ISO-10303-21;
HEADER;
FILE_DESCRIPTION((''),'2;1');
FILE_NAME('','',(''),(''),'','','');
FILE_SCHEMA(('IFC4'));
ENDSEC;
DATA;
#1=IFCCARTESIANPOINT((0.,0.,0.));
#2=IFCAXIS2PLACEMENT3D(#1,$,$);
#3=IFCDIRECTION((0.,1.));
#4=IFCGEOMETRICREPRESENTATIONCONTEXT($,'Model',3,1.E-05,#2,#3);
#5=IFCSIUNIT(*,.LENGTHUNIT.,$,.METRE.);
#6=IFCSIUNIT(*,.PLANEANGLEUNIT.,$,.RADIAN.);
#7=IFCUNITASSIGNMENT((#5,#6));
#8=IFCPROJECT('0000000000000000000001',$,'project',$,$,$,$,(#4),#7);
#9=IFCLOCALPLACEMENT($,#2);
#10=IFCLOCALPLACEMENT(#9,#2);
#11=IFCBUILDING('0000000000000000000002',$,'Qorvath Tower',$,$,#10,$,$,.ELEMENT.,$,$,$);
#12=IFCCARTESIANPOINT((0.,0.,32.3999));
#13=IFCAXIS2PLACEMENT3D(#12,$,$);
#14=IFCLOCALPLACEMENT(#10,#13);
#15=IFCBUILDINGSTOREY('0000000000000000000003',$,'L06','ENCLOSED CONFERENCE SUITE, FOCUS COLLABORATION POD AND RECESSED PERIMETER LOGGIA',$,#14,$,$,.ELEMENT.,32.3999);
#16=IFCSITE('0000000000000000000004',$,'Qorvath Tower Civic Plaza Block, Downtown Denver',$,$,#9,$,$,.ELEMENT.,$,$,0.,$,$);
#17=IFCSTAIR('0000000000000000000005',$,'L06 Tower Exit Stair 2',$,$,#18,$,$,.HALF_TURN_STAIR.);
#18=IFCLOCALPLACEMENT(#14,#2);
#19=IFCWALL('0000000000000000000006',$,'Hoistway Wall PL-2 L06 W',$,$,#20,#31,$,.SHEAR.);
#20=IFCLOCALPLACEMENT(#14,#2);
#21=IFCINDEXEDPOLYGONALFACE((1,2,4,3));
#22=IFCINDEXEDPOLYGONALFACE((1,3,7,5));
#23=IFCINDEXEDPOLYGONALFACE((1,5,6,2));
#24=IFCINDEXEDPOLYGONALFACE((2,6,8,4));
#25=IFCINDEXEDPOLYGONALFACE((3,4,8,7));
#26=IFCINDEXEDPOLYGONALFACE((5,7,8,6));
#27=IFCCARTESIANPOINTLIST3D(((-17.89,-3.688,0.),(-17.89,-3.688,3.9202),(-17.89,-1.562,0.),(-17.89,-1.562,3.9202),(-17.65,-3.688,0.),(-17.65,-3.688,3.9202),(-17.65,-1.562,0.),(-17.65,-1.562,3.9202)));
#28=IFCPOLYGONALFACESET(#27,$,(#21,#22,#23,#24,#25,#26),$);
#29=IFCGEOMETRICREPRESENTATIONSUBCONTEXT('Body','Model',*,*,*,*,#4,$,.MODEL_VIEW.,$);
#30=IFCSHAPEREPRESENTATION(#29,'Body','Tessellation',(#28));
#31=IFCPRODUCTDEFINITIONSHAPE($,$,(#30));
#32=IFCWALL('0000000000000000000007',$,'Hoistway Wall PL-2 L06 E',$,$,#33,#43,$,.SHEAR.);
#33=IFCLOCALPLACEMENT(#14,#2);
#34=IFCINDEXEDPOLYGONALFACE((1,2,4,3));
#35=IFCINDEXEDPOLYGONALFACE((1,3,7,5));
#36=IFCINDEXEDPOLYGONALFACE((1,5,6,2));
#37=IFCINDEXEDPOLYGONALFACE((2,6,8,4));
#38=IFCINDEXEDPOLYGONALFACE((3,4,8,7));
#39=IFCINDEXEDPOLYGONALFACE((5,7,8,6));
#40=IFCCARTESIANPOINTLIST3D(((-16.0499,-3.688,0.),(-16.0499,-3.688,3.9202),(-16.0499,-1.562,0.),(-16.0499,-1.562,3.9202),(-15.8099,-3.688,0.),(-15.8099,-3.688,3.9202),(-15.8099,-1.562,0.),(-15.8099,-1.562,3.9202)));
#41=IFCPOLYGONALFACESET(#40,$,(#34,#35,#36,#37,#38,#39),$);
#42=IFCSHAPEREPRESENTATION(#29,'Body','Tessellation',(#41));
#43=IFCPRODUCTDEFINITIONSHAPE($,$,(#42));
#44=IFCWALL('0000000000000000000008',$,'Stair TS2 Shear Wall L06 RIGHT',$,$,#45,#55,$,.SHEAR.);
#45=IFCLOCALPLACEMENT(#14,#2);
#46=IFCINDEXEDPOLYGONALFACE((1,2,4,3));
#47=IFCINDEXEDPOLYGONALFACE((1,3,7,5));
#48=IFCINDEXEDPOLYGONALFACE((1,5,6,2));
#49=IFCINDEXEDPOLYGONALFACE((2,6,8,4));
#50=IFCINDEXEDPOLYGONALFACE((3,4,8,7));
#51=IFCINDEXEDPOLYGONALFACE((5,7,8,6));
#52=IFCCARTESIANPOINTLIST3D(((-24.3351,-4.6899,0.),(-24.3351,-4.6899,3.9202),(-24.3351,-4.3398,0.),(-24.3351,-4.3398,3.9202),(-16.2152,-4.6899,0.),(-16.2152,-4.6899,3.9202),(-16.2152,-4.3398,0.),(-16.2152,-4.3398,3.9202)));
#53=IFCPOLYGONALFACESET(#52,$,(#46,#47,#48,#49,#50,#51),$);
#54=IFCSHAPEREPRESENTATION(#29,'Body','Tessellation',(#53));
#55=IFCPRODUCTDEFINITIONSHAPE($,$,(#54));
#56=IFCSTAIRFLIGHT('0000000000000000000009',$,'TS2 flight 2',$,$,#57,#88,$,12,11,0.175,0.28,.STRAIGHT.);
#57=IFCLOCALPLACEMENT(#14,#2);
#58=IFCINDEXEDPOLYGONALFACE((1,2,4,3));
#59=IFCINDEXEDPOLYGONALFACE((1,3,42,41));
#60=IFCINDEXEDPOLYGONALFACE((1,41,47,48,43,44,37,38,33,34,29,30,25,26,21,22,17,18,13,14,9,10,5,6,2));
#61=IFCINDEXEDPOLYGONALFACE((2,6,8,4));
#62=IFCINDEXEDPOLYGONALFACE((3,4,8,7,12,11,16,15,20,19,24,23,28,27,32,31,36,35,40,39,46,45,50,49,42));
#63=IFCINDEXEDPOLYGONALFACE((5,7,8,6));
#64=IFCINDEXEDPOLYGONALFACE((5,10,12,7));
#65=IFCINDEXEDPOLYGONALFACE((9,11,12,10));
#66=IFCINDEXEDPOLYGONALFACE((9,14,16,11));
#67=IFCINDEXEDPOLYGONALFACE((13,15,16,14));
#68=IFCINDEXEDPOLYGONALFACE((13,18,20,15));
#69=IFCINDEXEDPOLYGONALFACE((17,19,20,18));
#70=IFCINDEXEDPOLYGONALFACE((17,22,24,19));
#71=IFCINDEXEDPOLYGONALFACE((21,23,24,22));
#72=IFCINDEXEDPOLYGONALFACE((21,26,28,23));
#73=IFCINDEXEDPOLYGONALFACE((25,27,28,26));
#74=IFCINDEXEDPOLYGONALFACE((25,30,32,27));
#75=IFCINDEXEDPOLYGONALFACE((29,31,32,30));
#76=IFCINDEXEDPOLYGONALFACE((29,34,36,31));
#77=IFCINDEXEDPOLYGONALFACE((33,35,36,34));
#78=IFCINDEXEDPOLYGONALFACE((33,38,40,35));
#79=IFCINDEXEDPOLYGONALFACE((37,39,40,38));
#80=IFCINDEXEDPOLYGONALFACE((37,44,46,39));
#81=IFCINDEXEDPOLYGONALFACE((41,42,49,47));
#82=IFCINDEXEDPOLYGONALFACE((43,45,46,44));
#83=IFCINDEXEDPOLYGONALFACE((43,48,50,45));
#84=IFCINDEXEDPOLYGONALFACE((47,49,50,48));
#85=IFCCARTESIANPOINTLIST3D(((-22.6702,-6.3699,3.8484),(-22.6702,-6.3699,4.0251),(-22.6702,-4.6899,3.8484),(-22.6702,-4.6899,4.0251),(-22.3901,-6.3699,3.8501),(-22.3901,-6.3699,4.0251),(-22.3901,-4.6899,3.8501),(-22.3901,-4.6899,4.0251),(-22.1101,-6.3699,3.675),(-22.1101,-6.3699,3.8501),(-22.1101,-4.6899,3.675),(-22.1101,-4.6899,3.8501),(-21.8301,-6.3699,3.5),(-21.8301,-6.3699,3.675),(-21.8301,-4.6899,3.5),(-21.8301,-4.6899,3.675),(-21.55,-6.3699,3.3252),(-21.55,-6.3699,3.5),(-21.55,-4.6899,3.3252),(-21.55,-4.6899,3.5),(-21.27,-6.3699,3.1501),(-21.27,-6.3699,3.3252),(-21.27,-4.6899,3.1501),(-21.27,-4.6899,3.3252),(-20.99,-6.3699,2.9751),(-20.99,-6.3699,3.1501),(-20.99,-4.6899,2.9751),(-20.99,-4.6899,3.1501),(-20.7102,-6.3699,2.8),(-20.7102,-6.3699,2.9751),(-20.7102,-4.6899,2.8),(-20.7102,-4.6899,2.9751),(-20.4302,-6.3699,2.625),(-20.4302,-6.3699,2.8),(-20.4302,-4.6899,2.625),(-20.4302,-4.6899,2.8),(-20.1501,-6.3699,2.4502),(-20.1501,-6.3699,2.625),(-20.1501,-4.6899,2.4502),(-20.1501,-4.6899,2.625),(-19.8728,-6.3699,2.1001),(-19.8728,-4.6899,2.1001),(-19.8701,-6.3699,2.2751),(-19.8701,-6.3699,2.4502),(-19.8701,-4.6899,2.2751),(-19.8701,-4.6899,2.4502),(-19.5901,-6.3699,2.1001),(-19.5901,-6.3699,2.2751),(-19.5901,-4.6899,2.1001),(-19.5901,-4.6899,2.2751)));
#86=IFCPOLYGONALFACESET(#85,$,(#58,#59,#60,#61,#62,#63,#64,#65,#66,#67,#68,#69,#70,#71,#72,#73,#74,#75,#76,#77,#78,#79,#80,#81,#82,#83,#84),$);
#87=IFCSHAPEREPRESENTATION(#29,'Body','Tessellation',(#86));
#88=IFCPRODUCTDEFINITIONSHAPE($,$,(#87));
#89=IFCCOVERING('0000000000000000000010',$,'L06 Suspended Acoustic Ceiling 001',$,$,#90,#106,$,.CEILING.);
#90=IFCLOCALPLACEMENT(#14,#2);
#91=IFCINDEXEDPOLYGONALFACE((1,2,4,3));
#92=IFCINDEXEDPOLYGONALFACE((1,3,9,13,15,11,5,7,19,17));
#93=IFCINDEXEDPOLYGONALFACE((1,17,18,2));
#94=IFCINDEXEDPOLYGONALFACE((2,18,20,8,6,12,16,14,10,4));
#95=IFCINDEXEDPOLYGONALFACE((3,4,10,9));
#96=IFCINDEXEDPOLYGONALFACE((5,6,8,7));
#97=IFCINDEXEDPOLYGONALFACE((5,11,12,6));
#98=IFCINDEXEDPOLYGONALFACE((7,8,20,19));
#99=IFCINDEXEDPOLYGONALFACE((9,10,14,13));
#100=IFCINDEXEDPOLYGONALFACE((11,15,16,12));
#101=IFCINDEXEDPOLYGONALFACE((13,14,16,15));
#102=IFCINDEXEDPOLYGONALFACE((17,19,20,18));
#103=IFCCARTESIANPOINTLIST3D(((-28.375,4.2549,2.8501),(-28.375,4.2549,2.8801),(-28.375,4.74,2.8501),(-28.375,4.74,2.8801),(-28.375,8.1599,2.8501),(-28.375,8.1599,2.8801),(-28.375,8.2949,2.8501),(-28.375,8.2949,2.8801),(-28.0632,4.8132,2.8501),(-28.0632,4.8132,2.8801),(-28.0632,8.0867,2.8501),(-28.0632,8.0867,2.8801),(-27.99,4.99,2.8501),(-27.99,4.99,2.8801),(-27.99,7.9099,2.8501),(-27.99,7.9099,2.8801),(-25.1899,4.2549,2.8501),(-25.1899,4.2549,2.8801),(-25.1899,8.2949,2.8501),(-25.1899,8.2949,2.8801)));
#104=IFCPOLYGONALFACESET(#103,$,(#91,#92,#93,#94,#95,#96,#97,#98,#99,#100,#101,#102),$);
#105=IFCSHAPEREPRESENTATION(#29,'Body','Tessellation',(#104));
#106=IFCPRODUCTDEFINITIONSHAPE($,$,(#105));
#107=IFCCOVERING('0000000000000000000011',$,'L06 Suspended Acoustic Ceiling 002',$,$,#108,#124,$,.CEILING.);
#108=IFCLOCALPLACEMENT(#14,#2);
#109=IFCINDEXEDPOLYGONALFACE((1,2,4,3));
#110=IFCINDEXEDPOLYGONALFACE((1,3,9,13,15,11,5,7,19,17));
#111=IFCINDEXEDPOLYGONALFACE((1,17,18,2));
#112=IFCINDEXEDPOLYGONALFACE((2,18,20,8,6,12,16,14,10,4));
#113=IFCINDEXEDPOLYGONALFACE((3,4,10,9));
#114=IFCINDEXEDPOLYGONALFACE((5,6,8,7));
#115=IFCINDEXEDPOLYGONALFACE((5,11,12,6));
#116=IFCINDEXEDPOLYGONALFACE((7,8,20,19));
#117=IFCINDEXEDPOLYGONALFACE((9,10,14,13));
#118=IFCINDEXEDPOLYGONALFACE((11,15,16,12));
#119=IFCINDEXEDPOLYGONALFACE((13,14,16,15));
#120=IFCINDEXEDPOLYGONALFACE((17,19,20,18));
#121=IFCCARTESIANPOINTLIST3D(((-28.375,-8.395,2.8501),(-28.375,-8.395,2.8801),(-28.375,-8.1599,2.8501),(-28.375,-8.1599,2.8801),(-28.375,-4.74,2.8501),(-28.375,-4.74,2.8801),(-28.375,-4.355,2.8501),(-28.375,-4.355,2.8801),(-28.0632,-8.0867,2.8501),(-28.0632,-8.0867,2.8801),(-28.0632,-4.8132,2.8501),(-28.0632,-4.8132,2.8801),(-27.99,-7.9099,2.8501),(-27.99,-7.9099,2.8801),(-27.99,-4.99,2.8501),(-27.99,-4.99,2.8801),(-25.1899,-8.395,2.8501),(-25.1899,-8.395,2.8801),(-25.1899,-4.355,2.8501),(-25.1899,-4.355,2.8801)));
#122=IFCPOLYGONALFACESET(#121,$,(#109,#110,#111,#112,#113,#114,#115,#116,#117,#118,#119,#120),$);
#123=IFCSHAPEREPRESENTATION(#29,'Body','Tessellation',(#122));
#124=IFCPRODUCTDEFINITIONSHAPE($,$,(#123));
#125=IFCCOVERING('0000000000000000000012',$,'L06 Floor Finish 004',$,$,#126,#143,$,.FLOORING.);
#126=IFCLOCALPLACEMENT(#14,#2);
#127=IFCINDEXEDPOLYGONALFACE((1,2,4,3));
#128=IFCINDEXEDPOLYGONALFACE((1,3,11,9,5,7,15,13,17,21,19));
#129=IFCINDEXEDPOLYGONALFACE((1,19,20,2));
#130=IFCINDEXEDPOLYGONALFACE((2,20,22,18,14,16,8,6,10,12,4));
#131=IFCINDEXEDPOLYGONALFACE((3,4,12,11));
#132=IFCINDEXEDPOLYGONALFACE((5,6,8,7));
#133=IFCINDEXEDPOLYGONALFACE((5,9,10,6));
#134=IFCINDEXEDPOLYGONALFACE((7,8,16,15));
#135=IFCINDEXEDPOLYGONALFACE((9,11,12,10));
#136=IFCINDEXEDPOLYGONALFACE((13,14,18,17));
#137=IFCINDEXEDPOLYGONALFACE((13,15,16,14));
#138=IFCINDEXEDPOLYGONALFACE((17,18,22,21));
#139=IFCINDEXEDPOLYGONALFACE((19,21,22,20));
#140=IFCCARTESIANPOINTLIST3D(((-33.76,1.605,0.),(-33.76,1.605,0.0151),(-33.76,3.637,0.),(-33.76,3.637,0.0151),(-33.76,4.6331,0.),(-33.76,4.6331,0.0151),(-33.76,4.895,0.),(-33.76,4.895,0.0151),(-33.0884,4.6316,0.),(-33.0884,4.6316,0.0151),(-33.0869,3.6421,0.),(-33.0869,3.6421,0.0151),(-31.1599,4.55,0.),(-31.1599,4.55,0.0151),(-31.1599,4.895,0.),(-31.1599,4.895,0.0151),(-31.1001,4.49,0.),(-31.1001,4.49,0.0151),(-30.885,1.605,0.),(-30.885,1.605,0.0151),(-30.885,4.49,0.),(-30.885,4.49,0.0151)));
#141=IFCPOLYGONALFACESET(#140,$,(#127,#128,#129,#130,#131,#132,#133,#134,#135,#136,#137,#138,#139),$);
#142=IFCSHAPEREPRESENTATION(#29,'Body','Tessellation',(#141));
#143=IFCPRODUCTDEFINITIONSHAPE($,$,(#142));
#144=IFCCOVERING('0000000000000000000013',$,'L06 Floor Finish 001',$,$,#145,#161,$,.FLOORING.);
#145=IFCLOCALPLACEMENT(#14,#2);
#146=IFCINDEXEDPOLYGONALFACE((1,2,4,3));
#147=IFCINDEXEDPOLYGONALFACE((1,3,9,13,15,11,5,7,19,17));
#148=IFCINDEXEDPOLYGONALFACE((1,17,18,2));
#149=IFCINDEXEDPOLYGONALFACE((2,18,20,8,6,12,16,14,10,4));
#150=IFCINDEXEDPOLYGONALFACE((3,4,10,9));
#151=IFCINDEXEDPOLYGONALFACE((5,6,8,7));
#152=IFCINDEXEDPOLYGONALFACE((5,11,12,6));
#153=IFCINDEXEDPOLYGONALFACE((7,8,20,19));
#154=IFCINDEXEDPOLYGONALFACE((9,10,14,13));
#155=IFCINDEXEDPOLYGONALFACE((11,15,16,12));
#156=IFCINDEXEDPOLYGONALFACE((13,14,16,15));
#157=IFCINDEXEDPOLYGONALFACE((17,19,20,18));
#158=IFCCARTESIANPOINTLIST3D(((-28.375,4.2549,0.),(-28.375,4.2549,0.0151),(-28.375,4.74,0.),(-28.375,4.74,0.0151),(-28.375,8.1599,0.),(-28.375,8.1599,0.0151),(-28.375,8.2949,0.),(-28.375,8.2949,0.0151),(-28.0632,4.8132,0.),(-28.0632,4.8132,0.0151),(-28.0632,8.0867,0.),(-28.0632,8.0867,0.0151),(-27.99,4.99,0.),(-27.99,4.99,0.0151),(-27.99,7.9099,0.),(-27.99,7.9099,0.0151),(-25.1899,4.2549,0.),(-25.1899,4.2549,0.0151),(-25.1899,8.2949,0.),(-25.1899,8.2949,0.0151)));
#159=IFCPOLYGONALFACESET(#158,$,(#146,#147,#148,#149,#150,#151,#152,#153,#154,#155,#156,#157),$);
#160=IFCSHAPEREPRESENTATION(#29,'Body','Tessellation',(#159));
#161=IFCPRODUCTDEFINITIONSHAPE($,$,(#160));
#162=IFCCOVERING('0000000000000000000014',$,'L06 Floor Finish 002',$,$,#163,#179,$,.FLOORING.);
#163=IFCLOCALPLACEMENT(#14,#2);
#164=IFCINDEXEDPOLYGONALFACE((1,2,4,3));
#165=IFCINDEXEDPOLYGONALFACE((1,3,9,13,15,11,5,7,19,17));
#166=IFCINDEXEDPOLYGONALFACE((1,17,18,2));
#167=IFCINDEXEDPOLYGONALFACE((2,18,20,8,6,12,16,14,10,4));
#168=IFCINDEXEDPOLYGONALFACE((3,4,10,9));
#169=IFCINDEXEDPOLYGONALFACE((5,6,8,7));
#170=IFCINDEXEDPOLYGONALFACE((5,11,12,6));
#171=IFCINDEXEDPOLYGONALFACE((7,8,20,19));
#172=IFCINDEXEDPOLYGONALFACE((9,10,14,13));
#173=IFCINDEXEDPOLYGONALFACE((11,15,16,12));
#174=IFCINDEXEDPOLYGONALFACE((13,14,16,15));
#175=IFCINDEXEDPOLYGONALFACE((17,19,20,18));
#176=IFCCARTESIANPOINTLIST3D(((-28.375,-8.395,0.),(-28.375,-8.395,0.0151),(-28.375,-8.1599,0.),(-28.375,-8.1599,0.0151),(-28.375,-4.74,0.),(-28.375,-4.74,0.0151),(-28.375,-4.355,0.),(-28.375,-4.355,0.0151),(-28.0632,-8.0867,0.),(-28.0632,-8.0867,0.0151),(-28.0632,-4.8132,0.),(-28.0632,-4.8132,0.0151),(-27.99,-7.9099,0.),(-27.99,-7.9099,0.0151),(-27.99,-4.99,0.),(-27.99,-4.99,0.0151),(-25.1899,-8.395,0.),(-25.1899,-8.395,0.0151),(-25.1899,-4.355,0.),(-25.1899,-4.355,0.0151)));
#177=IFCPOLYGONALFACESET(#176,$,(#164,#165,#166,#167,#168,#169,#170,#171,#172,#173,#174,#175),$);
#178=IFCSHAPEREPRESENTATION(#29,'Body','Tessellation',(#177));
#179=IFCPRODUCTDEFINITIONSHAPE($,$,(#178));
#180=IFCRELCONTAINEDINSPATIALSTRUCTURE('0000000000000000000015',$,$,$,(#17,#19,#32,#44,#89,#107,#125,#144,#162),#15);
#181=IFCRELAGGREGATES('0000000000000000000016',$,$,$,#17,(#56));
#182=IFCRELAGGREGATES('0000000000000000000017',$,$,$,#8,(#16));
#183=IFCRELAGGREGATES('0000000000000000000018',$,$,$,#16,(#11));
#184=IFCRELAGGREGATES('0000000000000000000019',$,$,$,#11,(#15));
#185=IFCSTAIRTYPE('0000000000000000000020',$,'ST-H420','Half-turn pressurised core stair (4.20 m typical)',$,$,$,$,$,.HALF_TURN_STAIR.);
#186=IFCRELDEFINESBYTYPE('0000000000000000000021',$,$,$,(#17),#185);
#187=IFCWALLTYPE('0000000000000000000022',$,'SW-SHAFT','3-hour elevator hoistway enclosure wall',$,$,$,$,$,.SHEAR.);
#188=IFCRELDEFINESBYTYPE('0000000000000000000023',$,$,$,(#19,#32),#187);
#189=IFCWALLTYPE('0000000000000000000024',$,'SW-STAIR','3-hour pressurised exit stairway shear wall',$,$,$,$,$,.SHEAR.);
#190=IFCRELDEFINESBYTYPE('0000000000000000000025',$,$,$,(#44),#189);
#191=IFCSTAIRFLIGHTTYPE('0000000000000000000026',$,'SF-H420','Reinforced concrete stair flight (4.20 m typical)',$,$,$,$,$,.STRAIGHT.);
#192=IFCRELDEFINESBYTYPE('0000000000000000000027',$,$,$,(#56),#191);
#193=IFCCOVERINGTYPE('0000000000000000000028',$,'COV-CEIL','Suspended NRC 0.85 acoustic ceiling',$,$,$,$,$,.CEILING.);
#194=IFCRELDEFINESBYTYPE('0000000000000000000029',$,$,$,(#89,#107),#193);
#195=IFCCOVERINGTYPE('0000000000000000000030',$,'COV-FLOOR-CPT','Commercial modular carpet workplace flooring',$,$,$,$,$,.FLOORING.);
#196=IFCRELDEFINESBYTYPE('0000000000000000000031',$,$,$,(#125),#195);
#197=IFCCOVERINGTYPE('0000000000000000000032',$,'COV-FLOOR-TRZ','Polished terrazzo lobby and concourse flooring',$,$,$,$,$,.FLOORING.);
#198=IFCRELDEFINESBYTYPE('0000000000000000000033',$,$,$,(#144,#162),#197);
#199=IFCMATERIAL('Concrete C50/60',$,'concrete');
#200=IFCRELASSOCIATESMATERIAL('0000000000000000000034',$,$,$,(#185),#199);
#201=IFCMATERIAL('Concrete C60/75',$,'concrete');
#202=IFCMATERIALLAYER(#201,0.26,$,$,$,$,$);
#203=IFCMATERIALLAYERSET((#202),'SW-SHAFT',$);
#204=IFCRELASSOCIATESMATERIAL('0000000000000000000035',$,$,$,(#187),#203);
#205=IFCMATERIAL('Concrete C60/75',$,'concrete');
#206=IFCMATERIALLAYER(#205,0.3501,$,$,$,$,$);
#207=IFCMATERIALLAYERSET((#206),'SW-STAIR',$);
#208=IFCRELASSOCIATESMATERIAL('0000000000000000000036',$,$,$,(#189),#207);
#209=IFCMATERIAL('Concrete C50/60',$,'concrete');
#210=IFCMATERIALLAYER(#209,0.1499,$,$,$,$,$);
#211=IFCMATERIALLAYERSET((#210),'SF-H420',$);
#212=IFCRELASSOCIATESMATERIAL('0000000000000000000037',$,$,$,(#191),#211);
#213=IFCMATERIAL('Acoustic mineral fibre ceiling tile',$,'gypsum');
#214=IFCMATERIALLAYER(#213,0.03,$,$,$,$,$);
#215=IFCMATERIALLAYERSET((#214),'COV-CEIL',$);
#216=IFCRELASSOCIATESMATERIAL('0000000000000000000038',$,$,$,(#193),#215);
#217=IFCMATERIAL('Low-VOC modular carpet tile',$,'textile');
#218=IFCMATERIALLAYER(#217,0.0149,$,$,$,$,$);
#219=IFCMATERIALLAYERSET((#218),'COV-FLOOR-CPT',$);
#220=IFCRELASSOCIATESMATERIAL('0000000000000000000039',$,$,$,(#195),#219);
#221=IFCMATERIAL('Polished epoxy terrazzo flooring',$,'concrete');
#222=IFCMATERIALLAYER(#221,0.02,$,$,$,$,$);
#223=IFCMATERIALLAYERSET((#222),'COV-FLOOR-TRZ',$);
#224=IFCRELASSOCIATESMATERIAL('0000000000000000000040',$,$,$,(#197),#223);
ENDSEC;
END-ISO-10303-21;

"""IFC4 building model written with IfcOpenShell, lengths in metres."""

from ifc_helpers import new_model, si_unit, direction, frame, frame_2d, origin, place, context, subcontext, project, spatial, polyline, rectangle, outline, extrude, material, layer, layer_set, type_object, element, aggregate, save


model = new_model("IFC4")

# Units and contexts
model_context = context("Model", 3, precision=1e-05, world=origin(), true_north=direction((0.0, 1.0)))
body_context = subcontext(model_context, "Body", "Model", "MODEL_VIEW")
ifc_project = project(units=[si_unit("LENGTHUNIT", "METRE"), si_unit("PLANEANGLEUNIT", "RADIAN")], contexts=[model_context])

# Site, building, storey
site_placement = place(None, origin())
site = spatial("IfcSite", under=ifc_project, at=site_placement, Name="Qorvath Tower Civic Plaza Block, Downtown Denver", CompositionType="ELEMENT", RefElevation=0.0)
building_placement = place(site_placement, origin())
building = spatial("IfcBuilding", under=site, at=building_placement, Name="Qorvath Tower", CompositionType="ELEMENT")
storey_placement = place(building_placement, frame((0.0, 0.0, 32.3999)))
storey = spatial("IfcBuildingStorey", under=building, at=storey_placement, Name="L06", Description="ENCLOSED CONFERENCE SUITE, FOCUS COLLABORATION POD AND RECESSED PERIMETER LOGGIA", CompositionType="ELEMENT", Elevation=32.3999)

# Stair
ifc_material_1 = material(Name="Concrete C50/60", Category="concrete")
stair_type = type_object("IfcStairType", Name="ST-H420", Description="Half-turn pressurised core stair (4.20 m typical)", PredefinedType="HALF_TURN_STAIR", material=ifc_material_1)
stair_1_placement = place(storey_placement, origin())
stair_1 = element("IfcStair", 1, at=stair_1_placement, inside=storey, type_object=stair_type, Name="L06 Tower Exit Stair 2", PredefinedType="HALF_TURN_STAIR")

# Shared definitions
ifc_material_2 = material(Name="Concrete C60/75", Category="concrete")
ifc_layer_1 = layer(ifc_material_2, 0.26)
ifc_layer_set_1 = layer_set([ifc_layer_1], Name="SW-SHAFT")
wall_type_1 = type_object("IfcWallType", Name="SW-SHAFT", Description="3-hour elevator hoistway enclosure wall", PredefinedType="SHEAR", material=ifc_layer_set_1)

# Walls
for number, where, z_axis, x_axis, name in (
    (2, (-17.77, -3.688, 0.0), (0.0, 0.0, 1.0), (0.0, 1.0, 0.0), "Hoistway Wall PL-2 L06 W"),
    (3, (-15.9299, -1.562, 0.0), (0.0, 0.0, 1.0), (0.0, -1.0, 0.0), "Hoistway Wall PL-2 L06 E"),
):
    element("IfcWall", number, at=place(storey_placement, frame(where, z_axis=z_axis, x_axis=x_axis)), inside=storey, type_object=wall_type_1, Name=name, PredefinedType="SHEAR", context=body_context, shape_type="SweptSolid", body=[
        extrude(rectangle(XDim=2.126, YDim=0.24, at=frame_2d((1.063, 0.0))), origin(), (0.0, 0.0, 1.0), 3.9202),
    ])
ifc_material_3 = material(Name="Concrete C60/75", Category="concrete")
ifc_layer_2 = layer(ifc_material_3, 0.3501)
ifc_layer_set_2 = layer_set([ifc_layer_2], Name="SW-STAIR")
wall_type_2 = type_object("IfcWallType", Name="SW-STAIR", Description="3-hour pressurised exit stairway shear wall", PredefinedType="SHEAR", material=ifc_layer_set_2)
wall_1_placement = place(storey_placement, frame((-16.2151, -4.5149, 0.0), z_axis=(0.0, 0.0, 1.0), x_axis=(-1.0, 0.0, 0.0)))
element("IfcWall", 4, at=wall_1_placement, inside=storey, type_object=wall_type_2, Name="Stair TS2 Shear Wall L06 RIGHT", PredefinedType="SHEAR", context=body_context, shape_type="SweptSolid", body=[
    extrude(rectangle(XDim=8.1199, YDim=0.3501, at=frame_2d((4.0601, 0.0))), origin(), (0.0, 0.0, 1.0), 3.9202),
])

# Stair flight
ifc_material_4 = material(Name="Concrete C50/60", Category="concrete")
ifc_layer_3 = layer(ifc_material_4, 0.1499)
ifc_layer_set_3 = layer_set([ifc_layer_3], Name="SF-H420")
stair_flight_type = type_object("IfcStairFlightType", Name="SF-H420", Description="Reinforced concrete stair flight (4.20 m typical)", PredefinedType="STRAIGHT", material=ifc_layer_set_3)
stair_flight_placement = place(storey_placement, frame((-19.5901, -5.53, 2.1001), z_axis=(0.0, 0.0, 1.0), x_axis=(-1.0, 0.0, 0.0)))
stair_flight = element("IfcStairFlight", 5, at=stair_flight_placement, type_object=stair_flight_type, Name="TS2 flight 2", NumberOfRisers=12, NumberOfTreads=11, PredefinedType="STRAIGHT", RiserHeight=0.175, TreadLength=0.28, context=body_context, shape_type="SweptSolid", body=[
    extrude(outline(polyline([(0.0, 0.0), (0.0, 0.175), (0.28, 0.175), (0.28, 0.3501), (0.5601, 0.3501), (0.5601, 0.5249), (0.8401, 0.5249), (0.8401, 0.7), (1.1201, 0.7), (1.1201, 0.875), (1.3999, 0.875), (1.3999, 1.05), (1.6799, 1.05), (1.6799, 1.2251), (1.96, 1.2251), (1.96, 1.3999), (2.24, 1.3999), (2.24, 1.575), (2.52, 1.575), (2.52, 1.75), (2.8, 1.75), (2.8, 1.925), (3.0801, 1.925), (3.0801, 2.1001), (3.0801, 1.7483), (0.2827, 0.0), (0.0, 0.0)])), frame((0.0, 0.8398, 0.0), z_axis=(0.0, -1.0, 0.0), x_axis=(1.0, 0.0, 0.0)), (0.0, 0.0, 1.0), 1.6799),
])
aggregate(stair_1, [stair_flight])

# Coverings
ifc_material_5 = material(Name="Acoustic mineral fibre ceiling tile", Category="gypsum")
ifc_layer_4 = layer(ifc_material_5, 0.03)
ifc_layer_set_4 = layer_set([ifc_layer_4], Name="COV-CEIL")
covering_type_1 = type_object("IfcCoveringType", Name="COV-CEIL", Description="Suspended NRC 0.85 acoustic ceiling", PredefinedType="CEILING", material=ifc_layer_set_4)
covering_1_placement = place(storey_placement, frame((0.0, 0.0, 2.8501)))
element("IfcCovering", 6, at=covering_1_placement, inside=storey, type_object=covering_type_1, Name="L06 Suspended Acoustic Ceiling 001", PredefinedType="CEILING", context=body_context, shape_type="SweptSolid", body=[
    extrude(outline(polyline([(-25.1899, 4.2549), (-25.1899, 8.2949), (-28.375, 8.2949), (-28.375, 8.1599), (-28.0632, 8.0867), (-27.99, 7.9099), (-27.99, 4.99), (-28.0632, 4.8132), (-28.375, 4.74), (-28.375, 4.2549), (-25.1899, 4.2549)])), origin(), (0.0, 0.0, 1.0), 0.03),
])
covering_2_placement = place(storey_placement, frame((0.0, 0.0, 2.8501)))
element("IfcCovering", 7, at=covering_2_placement, inside=storey, type_object=covering_type_1, Name="L06 Suspended Acoustic Ceiling 002", PredefinedType="CEILING", context=body_context, shape_type="SweptSolid", body=[
    extrude(outline(polyline([(-25.1899, -8.395), (-25.1899, -4.355), (-28.375, -4.355), (-28.375, -4.74), (-28.0632, -4.8132), (-27.99, -4.99), (-27.99, -7.9099), (-28.0632, -8.0867), (-28.375, -8.1599), (-28.375, -8.395), (-25.1899, -8.395)])), origin(), (0.0, 0.0, 1.0), 0.03),
])
ifc_material_6 = material(Name="Low-VOC modular carpet tile", Category="textile")
ifc_layer_5 = layer(ifc_material_6, 0.0149)
ifc_layer_set_5 = layer_set([ifc_layer_5], Name="COV-FLOOR-CPT")
covering_type_2 = type_object("IfcCoveringType", Name="COV-FLOOR-CPT", Description="Commercial modular carpet workplace flooring", PredefinedType="FLOORING", material=ifc_layer_set_5)
covering_3_placement = place(storey_placement, origin())
element("IfcCovering", 8, at=covering_3_placement, inside=storey, type_object=covering_type_2, Name="L06 Floor Finish 004", PredefinedType="FLOORING", context=body_context, shape_type="SweptSolid", body=[
    extrude(outline(polyline([(-31.1599, 4.895), (-33.76, 4.895), (-33.76, 4.6331), (-33.0884, 4.6316), (-33.0869, 3.6421), (-33.76, 3.637), (-33.76, 1.605), (-30.885, 1.605), (-30.885, 4.49), (-31.1001, 4.49), (-31.1599, 4.55), (-31.1599, 4.895)])), origin(), (0.0, 0.0, 1.0), 0.0151),
])
ifc_material_7 = material(Name="Polished epoxy terrazzo flooring", Category="concrete")
ifc_layer_6 = layer(ifc_material_7, 0.02)
ifc_layer_set_6 = layer_set([ifc_layer_6], Name="COV-FLOOR-TRZ")
covering_type_3 = type_object("IfcCoveringType", Name="COV-FLOOR-TRZ", Description="Polished terrazzo lobby and concourse flooring", PredefinedType="FLOORING", material=ifc_layer_set_6)
covering_4_placement = place(storey_placement, origin())
element("IfcCovering", 9, at=covering_4_placement, inside=storey, type_object=covering_type_3, Name="L06 Floor Finish 001", PredefinedType="FLOORING", context=body_context, shape_type="SweptSolid", body=[
    extrude(outline(polyline([(-25.1899, 4.2549), (-25.1899, 8.2949), (-28.375, 8.2949), (-28.375, 8.1599), (-28.0632, 8.0867), (-27.99, 7.9099), (-27.99, 4.99), (-28.0632, 4.8132), (-28.375, 4.74), (-28.375, 4.2549), (-25.1899, 4.2549)])), origin(), (0.0, 0.0, 1.0), 0.0151),
])
covering_5_placement = place(storey_placement, origin())
element("IfcCovering", 10, at=covering_5_placement, inside=storey, type_object=covering_type_3, Name="L06 Floor Finish 002", PredefinedType="FLOORING", context=body_context, shape_type="SweptSolid", body=[
    extrude(outline(polyline([(-25.1899, -8.395), (-25.1899, -4.355), (-28.375, -4.355), (-28.375, -4.74), (-28.0632, -4.8132), (-27.99, -4.99), (-27.99, -7.9099), (-28.0632, -8.0867), (-28.375, -8.1599), (-28.375, -8.395), (-25.1899, -8.395)])), origin(), (0.0, 0.0, 1.0), 0.0151),
])

save(model, "model.ifc")
